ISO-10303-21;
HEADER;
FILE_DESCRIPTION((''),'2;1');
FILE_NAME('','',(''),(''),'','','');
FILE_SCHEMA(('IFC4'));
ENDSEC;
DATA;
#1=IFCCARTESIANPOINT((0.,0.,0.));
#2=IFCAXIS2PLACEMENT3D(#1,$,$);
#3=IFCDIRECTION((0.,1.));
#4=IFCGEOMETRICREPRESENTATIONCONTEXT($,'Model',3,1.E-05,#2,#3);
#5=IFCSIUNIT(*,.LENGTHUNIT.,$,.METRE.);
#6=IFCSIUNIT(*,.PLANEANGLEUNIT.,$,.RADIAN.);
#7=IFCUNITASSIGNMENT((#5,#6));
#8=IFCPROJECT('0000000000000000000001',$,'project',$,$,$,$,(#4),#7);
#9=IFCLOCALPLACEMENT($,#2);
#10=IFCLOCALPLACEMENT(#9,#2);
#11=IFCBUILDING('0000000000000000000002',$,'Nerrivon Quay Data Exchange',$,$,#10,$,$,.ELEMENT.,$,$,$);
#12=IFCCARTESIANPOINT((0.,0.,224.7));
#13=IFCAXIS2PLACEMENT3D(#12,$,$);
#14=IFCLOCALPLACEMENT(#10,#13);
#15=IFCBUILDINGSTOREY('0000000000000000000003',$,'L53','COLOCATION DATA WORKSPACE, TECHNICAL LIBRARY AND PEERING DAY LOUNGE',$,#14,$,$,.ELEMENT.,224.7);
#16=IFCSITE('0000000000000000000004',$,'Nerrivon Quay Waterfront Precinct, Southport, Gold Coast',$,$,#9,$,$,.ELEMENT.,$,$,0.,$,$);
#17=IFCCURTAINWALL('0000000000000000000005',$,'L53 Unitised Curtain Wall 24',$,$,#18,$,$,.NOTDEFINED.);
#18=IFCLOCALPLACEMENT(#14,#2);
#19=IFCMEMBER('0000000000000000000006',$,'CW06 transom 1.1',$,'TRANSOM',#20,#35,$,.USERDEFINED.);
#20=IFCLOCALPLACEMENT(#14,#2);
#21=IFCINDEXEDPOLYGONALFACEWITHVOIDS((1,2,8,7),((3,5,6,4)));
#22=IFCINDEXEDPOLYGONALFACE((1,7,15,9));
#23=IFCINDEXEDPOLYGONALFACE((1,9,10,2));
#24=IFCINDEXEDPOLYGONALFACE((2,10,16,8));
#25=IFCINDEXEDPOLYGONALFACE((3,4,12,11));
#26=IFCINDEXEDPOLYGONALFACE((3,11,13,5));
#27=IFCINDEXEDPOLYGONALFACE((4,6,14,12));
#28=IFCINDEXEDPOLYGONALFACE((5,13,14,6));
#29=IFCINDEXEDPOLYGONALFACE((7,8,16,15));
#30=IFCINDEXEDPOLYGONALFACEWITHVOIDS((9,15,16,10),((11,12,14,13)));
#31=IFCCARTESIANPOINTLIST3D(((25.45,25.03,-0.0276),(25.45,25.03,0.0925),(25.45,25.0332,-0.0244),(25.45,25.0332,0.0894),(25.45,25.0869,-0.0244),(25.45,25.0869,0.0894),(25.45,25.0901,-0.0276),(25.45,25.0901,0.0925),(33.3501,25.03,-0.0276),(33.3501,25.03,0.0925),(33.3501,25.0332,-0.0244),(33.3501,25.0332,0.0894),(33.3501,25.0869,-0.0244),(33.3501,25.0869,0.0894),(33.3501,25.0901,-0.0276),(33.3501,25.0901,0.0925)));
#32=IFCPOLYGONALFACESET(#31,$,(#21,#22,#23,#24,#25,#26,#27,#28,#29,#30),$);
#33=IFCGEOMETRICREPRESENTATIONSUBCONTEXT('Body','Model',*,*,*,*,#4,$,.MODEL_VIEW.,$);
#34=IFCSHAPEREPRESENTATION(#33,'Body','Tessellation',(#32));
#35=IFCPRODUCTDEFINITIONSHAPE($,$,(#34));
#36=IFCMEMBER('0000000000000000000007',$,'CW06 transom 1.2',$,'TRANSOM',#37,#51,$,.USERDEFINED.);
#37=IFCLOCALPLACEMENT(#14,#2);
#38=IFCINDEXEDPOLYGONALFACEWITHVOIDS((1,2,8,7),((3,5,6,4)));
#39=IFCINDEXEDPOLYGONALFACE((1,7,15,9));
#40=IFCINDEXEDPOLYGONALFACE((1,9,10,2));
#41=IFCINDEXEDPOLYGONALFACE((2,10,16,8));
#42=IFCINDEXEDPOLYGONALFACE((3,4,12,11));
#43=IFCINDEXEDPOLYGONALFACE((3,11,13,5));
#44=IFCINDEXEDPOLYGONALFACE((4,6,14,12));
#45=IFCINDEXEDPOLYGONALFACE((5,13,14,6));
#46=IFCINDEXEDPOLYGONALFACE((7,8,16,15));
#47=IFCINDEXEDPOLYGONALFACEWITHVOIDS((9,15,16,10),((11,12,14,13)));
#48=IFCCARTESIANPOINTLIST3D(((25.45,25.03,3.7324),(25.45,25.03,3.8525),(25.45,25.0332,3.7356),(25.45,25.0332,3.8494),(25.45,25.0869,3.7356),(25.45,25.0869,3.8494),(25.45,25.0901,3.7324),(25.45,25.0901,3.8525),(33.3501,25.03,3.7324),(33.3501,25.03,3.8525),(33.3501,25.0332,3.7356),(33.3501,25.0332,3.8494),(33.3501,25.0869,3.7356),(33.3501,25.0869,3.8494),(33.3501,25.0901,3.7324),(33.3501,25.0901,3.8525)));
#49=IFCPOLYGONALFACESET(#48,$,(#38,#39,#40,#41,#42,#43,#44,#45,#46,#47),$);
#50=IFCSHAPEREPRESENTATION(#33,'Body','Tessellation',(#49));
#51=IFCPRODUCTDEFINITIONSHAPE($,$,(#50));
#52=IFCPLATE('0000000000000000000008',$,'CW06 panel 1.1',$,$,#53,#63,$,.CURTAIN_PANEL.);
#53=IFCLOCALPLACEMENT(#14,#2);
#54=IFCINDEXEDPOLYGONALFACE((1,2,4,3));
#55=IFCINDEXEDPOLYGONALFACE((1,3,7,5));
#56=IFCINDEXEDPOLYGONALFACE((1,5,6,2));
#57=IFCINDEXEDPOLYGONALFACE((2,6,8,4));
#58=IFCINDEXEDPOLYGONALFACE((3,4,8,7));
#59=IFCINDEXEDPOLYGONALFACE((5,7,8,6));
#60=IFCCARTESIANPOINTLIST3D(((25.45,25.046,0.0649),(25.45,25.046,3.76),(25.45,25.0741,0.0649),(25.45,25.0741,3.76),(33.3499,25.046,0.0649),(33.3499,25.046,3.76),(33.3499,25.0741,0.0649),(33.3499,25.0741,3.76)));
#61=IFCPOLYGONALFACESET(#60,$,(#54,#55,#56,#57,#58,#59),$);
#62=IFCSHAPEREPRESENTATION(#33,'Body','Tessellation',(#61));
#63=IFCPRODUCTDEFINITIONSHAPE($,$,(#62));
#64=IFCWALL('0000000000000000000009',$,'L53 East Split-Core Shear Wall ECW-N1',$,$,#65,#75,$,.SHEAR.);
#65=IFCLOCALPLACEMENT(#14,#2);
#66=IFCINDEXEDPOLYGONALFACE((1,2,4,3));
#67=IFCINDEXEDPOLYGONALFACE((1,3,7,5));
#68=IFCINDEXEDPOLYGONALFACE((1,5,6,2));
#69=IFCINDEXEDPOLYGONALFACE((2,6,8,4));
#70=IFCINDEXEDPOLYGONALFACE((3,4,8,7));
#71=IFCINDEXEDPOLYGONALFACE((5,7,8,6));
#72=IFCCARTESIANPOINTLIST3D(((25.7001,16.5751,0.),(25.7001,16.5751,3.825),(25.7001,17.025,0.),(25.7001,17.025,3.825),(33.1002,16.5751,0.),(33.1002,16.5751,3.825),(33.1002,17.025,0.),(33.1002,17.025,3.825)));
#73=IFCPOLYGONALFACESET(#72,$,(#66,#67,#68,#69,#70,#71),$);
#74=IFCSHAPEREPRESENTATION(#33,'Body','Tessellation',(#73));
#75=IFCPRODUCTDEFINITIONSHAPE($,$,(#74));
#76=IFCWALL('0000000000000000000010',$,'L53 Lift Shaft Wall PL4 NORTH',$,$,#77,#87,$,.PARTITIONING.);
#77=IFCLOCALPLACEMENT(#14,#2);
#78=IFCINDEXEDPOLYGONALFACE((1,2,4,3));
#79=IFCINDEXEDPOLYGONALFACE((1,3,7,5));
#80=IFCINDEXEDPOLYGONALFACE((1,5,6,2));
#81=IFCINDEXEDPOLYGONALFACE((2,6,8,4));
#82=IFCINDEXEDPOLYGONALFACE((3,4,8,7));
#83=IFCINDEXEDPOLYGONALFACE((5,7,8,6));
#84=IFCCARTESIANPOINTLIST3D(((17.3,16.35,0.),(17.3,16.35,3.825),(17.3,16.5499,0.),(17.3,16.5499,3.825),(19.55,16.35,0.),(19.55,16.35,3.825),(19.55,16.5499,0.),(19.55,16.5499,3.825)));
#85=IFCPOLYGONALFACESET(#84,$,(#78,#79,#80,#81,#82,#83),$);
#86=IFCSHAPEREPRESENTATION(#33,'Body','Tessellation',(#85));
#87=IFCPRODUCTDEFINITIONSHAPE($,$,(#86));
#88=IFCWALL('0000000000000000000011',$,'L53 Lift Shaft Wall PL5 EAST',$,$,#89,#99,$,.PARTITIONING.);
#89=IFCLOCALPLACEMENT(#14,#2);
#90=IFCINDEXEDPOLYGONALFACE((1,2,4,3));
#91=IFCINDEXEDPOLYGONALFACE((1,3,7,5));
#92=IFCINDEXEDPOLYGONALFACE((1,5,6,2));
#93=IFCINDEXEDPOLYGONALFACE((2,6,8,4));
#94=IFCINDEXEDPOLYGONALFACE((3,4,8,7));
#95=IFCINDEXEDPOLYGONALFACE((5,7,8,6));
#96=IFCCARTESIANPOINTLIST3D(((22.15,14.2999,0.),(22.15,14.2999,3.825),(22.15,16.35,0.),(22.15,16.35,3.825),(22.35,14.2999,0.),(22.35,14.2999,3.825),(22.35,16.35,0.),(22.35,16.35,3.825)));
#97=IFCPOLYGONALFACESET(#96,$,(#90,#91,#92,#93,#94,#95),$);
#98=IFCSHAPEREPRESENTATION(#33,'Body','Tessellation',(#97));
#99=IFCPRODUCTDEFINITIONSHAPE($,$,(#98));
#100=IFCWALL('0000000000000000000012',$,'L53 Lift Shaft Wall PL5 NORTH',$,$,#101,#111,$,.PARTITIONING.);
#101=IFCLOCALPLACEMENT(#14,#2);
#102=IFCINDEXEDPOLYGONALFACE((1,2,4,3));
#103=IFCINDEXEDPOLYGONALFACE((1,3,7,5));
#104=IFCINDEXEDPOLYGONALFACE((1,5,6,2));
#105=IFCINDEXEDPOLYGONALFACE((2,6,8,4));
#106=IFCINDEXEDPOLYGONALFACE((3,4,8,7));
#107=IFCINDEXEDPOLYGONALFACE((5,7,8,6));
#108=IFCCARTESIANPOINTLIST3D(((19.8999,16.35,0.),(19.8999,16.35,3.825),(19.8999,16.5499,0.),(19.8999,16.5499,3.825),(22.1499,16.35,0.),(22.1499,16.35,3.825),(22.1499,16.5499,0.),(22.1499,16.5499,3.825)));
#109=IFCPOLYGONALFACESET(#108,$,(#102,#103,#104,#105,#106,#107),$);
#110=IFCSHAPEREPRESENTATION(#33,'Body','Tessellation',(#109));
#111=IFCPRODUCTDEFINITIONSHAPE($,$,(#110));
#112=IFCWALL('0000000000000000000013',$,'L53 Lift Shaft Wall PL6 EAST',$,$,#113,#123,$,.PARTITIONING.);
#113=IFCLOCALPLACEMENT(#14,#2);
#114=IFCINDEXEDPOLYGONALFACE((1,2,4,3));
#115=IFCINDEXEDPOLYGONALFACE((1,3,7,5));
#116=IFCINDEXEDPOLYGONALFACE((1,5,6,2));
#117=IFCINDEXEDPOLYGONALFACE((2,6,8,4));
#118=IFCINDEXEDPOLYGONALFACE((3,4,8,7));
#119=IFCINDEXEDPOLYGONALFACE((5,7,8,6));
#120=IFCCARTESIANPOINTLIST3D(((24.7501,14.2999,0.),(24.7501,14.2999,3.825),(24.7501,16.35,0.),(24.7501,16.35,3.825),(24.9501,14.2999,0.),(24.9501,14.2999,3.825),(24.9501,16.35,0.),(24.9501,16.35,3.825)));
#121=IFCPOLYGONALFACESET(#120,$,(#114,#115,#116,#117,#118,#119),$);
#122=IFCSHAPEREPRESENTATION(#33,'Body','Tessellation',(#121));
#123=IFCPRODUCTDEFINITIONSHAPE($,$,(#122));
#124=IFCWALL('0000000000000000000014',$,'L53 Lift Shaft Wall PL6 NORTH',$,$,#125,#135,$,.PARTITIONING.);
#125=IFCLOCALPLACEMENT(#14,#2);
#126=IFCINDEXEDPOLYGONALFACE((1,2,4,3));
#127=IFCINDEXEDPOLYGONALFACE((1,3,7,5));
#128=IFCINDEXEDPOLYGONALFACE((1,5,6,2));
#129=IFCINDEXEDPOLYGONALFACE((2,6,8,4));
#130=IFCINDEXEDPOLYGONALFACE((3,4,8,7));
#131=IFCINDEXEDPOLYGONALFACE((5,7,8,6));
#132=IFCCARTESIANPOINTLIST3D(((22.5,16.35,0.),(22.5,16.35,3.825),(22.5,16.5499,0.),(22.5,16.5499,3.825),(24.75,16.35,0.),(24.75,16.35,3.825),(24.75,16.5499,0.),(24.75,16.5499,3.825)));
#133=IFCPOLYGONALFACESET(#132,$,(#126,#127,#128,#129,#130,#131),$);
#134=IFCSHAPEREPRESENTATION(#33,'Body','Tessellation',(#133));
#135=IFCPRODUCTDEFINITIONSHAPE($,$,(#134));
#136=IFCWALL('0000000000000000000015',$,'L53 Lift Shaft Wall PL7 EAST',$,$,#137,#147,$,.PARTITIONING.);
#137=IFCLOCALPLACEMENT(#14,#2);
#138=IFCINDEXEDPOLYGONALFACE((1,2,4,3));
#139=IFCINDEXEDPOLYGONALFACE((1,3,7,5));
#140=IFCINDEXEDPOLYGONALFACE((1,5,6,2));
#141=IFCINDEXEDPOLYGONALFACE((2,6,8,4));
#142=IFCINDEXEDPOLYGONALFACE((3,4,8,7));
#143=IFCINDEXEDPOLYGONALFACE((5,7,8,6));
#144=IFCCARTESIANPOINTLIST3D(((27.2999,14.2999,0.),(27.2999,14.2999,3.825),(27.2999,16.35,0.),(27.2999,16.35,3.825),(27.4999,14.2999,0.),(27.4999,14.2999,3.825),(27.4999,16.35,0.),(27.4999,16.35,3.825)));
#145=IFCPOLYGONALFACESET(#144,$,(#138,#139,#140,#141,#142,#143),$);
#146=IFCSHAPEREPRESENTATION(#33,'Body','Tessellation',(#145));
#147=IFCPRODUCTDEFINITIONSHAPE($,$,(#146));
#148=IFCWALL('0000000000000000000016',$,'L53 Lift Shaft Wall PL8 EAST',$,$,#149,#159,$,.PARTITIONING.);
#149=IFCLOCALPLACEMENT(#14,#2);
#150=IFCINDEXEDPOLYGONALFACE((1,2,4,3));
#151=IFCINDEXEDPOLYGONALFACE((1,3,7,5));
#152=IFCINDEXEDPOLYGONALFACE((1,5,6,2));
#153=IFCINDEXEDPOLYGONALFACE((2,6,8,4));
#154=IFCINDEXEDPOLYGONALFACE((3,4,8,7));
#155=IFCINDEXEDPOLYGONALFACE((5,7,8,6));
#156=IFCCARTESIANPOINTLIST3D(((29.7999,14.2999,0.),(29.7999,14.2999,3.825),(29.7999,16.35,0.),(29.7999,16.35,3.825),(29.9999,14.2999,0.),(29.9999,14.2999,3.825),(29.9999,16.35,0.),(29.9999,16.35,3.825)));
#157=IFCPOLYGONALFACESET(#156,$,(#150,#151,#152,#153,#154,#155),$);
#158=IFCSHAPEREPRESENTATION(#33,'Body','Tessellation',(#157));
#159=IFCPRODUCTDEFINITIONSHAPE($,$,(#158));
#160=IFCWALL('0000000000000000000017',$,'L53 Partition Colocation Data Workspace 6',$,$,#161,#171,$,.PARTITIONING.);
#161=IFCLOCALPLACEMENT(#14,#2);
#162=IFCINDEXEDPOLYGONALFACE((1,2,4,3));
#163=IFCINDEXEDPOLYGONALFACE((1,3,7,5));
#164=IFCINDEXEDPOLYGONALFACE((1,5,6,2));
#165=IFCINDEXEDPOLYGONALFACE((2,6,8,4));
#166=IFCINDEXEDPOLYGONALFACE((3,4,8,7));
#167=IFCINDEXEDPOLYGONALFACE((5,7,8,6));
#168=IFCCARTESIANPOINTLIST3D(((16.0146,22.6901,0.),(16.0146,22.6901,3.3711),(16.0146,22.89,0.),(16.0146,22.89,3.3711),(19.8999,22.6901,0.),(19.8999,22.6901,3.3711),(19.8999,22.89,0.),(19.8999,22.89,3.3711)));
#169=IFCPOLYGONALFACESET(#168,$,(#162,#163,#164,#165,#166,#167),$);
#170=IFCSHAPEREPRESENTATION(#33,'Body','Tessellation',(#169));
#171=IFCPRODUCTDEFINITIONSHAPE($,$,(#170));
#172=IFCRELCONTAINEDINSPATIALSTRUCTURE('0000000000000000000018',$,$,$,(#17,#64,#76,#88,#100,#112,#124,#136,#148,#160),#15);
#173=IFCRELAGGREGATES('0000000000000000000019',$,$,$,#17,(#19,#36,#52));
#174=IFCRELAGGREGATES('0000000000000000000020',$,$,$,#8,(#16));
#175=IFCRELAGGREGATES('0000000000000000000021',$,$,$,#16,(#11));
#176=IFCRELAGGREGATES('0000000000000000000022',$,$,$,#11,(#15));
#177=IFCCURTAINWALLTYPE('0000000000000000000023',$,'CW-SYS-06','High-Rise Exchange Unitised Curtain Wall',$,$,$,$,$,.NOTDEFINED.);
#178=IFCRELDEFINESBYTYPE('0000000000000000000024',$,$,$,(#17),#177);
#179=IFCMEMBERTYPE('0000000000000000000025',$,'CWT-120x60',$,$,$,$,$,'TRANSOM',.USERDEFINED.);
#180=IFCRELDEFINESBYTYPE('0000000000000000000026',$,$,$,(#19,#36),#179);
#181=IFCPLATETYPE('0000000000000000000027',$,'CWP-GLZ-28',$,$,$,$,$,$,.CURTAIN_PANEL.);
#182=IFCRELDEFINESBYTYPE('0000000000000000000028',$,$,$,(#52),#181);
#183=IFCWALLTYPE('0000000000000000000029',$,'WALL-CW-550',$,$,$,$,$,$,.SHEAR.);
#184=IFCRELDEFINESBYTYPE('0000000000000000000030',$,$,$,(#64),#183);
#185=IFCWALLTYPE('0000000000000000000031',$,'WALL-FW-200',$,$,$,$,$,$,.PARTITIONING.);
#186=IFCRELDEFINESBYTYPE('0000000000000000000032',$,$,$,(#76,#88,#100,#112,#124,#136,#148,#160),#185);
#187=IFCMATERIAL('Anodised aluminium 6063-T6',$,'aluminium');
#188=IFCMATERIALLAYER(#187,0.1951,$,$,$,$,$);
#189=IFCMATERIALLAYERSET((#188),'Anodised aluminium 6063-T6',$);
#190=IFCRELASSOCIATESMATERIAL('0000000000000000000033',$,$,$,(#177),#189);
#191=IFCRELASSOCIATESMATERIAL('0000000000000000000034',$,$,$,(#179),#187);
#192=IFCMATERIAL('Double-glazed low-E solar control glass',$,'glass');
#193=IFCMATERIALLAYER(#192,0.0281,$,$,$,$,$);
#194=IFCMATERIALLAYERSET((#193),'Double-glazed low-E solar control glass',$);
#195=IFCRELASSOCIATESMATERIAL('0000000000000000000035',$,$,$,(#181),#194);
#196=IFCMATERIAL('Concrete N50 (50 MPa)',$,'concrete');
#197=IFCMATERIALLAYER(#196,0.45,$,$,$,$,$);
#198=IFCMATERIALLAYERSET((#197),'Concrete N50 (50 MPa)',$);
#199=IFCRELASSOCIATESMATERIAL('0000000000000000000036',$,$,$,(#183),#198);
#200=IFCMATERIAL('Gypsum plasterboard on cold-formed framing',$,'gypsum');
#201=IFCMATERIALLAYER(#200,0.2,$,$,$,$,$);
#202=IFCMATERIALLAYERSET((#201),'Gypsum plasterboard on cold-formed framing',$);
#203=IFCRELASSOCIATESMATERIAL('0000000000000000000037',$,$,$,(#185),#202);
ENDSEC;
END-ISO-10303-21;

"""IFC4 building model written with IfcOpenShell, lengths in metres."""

from ifc_helpers import new_model, si_unit, direction, frame, frame_2d, origin, origin_2d, place, context, subcontext, project, spatial, rectangle, hollow_rectangle, extrude, material, layer, layer_set, material_profile, profile_set, type_object, element, aggregate, save


model = new_model("IFC4")

# Units and contexts
model_context = context("Model", 3, precision=1e-05, world=origin(), true_north=direction((0.0, 1.0)))
body_context = subcontext(model_context, "Body", "Model", "MODEL_VIEW")
ifc_project = project(units=[si_unit("LENGTHUNIT", "METRE"), si_unit("PLANEANGLEUNIT", "RADIAN")], contexts=[model_context])

# Site, building, storey
site_placement = place(None, origin())
site = spatial("IfcSite", under=ifc_project, at=site_placement, Name="Nerrivon Quay Waterfront Precinct, Southport, Gold Coast", CompositionType="ELEMENT", RefElevation=0.0)
building_placement = place(site_placement, origin())
building = spatial("IfcBuilding", under=site, at=building_placement, Name="Nerrivon Quay Data Exchange", CompositionType="ELEMENT")
storey_placement = place(building_placement, frame((0.0, 0.0, 224.7)))
storey = spatial("IfcBuildingStorey", under=building, at=storey_placement, Name="L53", Description="COLOCATION DATA WORKSPACE, TECHNICAL LIBRARY AND PEERING DAY LOUNGE", CompositionType="ELEMENT", Elevation=224.7)

# Curtain wall, members, plate
ifc_material_1 = material(Name="Anodised aluminium 6063-T6", Category="aluminium")
ifc_layer_1 = layer(ifc_material_1, 0.1951)
ifc_layer_set_1 = layer_set([ifc_layer_1], Name="Anodised aluminium 6063-T6")
curtain_wall_type = type_object("IfcCurtainWallType", Name="CW-SYS-06", Description="High-Rise Exchange Unitised Curtain Wall", PredefinedType="NOTDEFINED", material=ifc_layer_set_1)
curtain_wall_placement = place(storey_placement, origin())
curtain_wall = element("IfcCurtainWall", 1, at=curtain_wall_placement, inside=storey, type_object=curtain_wall_type, Name="L53 Unitised Curtain Wall 24", PredefinedType="NOTDEFINED")
ifc_material_profile_1 = material_profile(ifc_material_1, hollow_rectangle(XDim=0.0601, YDim=0.1201, WallThickness=0.0032, at=origin_2d()), Name="ALU-TRAN-120x60")
ifc_profile_set_1 = profile_set([ifc_material_profile_1], Name="Anodised aluminium 6063-T6")
member_type_1 = type_object("IfcMemberType", Name="CWT-120x60", ElementType="TRANSOM", PredefinedType="USERDEFINED", material=ifc_profile_set_1)
member_1_placement = place(storey_placement, frame((25.45, 25.0601, 0.0325), z_axis=(1.0, 0.0, 0.0), x_axis=(0.0, 1.0, 0.0)))
member_1 = element("IfcMember", 2, at=member_1_placement, type_object=member_type_1, Name="CW06 transom 1.1", ObjectType="TRANSOM", PredefinedType="USERDEFINED", context=body_context, shape_type="SweptSolid", body=[
    extrude(hollow_rectangle(XDim=0.0601, YDim=0.1201, WallThickness=0.0032, at=origin_2d()), origin(), (0.0, 0.0, 1.0), 7.9001),
])
member_2_placement = place(storey_placement, frame((25.45, 25.0601, 3.7925), z_axis=(1.0, 0.0, 0.0), x_axis=(0.0, 1.0, 0.0)))
member_2 = element("IfcMember", 3, at=member_2_placement, type_object=member_type_1, Name="CW06 transom 1.2", ObjectType="TRANSOM", PredefinedType="USERDEFINED", context=body_context, shape_type="SweptSolid", body=[
    extrude(hollow_rectangle(XDim=0.0601, YDim=0.1201, WallThickness=0.0032, at=origin_2d()), origin(), (0.0, 0.0, 1.0), 7.9001),
])
ifc_material_2 = material(Name="Double-glazed low-E solar control glass", Category="glass")
ifc_layer_2 = layer(ifc_material_2, 0.0281)
ifc_layer_set_2 = layer_set([ifc_layer_2], Name="Double-glazed low-E solar control glass")
plate_type = type_object("IfcPlateType", Name="CWP-GLZ-28", PredefinedType="CURTAIN_PANEL", material=ifc_layer_set_2)
plate_placement = place(storey_placement, frame((29.3999, 25.0601, 0.0649), z_axis=(0.0, 0.0, 1.0), x_axis=(1.0, 0.0, 0.0)))
plate = element("IfcPlate", 4, at=plate_placement, type_object=plate_type, Name="CW06 panel 1.1", PredefinedType="CURTAIN_PANEL", context=body_context, shape_type="SweptSolid", body=[
    extrude(rectangle(XDim=7.8999, YDim=0.0281, at=origin_2d()), origin(), (0.0, 0.0, 1.0), 3.6951),
])
aggregate(curtain_wall, [member_1, member_2, plate])

# Walls
ifc_material_3 = material(Name="Concrete N50 (50 MPa)", Category="concrete")
ifc_layer_3 = layer(ifc_material_3, 0.45)
ifc_layer_set_3 = layer_set([ifc_layer_3], Name="Concrete N50 (50 MPa)")
wall_type_1 = type_object("IfcWallType", Name="WALL-CW-550", PredefinedType="SHEAR", material=ifc_layer_set_3)
wall_1_placement = place(storey_placement, frame((25.7, 16.8, 0.0), z_axis=(0.0, 0.0, 1.0), x_axis=(1.0, 0.0, 0.0)))
element("IfcWall", 5, at=wall_1_placement, inside=storey, type_object=wall_type_1, Name="L53 East Split-Core Shear Wall ECW-N1", PredefinedType="SHEAR", context=body_context, shape_type="SweptSolid", body=[
    extrude(rectangle(XDim=7.4001, YDim=0.45, at=frame_2d((3.7002, 0.0))), origin(), (0.0, 0.0, 1.0), 3.825),
])
ifc_material_4 = material(Name="Gypsum plasterboard on cold-formed framing", Category="gypsum")
ifc_layer_4 = layer(ifc_material_4, 0.2)
ifc_layer_set_4 = layer_set([ifc_layer_4], Name="Gypsum plasterboard on cold-formed framing")
wall_type_2 = type_object("IfcWallType", Name="WALL-FW-200", PredefinedType="PARTITIONING", material=ifc_layer_set_4)
wall_2_placement = place(storey_placement, frame((17.3, 16.45, 0.0), z_axis=(0.0, 0.0, 1.0), x_axis=(1.0, 0.0, 0.0)))
element("IfcWall", 6, at=wall_2_placement, inside=storey, type_object=wall_type_2, Name="L53 Lift Shaft Wall PL4 NORTH", PredefinedType="PARTITIONING", context=body_context, shape_type="SweptSolid", body=[
    extrude(rectangle(XDim=2.25, YDim=0.2, at=frame_2d((1.125, 0.0))), origin(), (0.0, 0.0, 1.0), 3.825),
])
wall_3_placement = place(storey_placement, frame((22.25, 14.3, 0.0), z_axis=(0.0, 0.0, 1.0), x_axis=(0.0, 1.0, 0.0)))
element("IfcWall", 7, at=wall_3_placement, inside=storey, type_object=wall_type_2, Name="L53 Lift Shaft Wall PL5 EAST", PredefinedType="PARTITIONING", context=body_context, shape_type="SweptSolid", body=[
    extrude(rectangle(XDim=2.05, YDim=0.2, at=frame_2d((1.0249, 0.0))), origin(), (0.0, 0.0, 1.0), 3.825),
])
wall_4_placement = place(storey_placement, frame((19.8999, 16.45, 0.0), z_axis=(0.0, 0.0, 1.0), x_axis=(1.0, 0.0, 0.0)))
element("IfcWall", 8, at=wall_4_placement, inside=storey, type_object=wall_type_2, Name="L53 Lift Shaft Wall PL5 NORTH", PredefinedType="PARTITIONING", context=body_context, shape_type="SweptSolid", body=[
    extrude(rectangle(XDim=2.25, YDim=0.2, at=frame_2d((1.125, 0.0))), origin(), (0.0, 0.0, 1.0), 3.825),
])
wall_5_placement = place(storey_placement, frame((24.8501, 14.3, 0.0), z_axis=(0.0, 0.0, 1.0), x_axis=(0.0, 1.0, 0.0)))
element("IfcWall", 9, at=wall_5_placement, inside=storey, type_object=wall_type_2, Name="L53 Lift Shaft Wall PL6 EAST", PredefinedType="PARTITIONING", context=body_context, shape_type="SweptSolid", body=[
    extrude(rectangle(XDim=2.05, YDim=0.2, at=frame_2d((1.0249, 0.0))), origin(), (0.0, 0.0, 1.0), 3.825),
])
wall_6_placement = place(storey_placement, frame((22.5, 16.45, 0.0), z_axis=(0.0, 0.0, 1.0), x_axis=(1.0, 0.0, 0.0)))
element("IfcWall", 10, at=wall_6_placement, inside=storey, type_object=wall_type_2, Name="L53 Lift Shaft Wall PL6 NORTH", PredefinedType="PARTITIONING", context=body_context, shape_type="SweptSolid", body=[
    extrude(rectangle(XDim=2.25, YDim=0.2, at=frame_2d((1.125, 0.0))), origin(), (0.0, 0.0, 1.0), 3.825),
])
for number, where, z_axis, x_axis, name in (
    (11, (27.3999, 14.3, 0.0), (0.0, 0.0, 1.0), (0.0, 1.0, 0.0), "L53 Lift Shaft Wall PL7 EAST"),
    (12, (29.8999, 14.3, 0.0), (0.0, 0.0, 1.0), (0.0, 1.0, 0.0), "L53 Lift Shaft Wall PL8 EAST"),
):
    element("IfcWall", number, at=place(storey_placement, frame(where, z_axis=z_axis, x_axis=x_axis)), inside=storey, type_object=wall_type_2, Name=name, PredefinedType="PARTITIONING", context=body_context, shape_type="SweptSolid", body=[
        extrude(rectangle(XDim=2.05, YDim=0.2, at=frame_2d((1.0249, 0.0))), origin(), (0.0, 0.0, 1.0), 3.825),
    ])
wall_7_placement = place(storey_placement, frame((19.8999, 22.79, 0.0), z_axis=(0.0, 0.0, 1.0), x_axis=(-1.0, 0.0, 0.0)))
element("IfcWall", 13, at=wall_7_placement, inside=storey, type_object=wall_type_2, Name="L53 Partition Colocation Data Workspace 6", PredefinedType="PARTITIONING", context=body_context, shape_type="SweptSolid", body=[
    extrude(rectangle(XDim=3.8853, YDim=0.2, at=frame_2d((1.9426, 0.0))), origin(), (0.0, 0.0, 1.0), 3.3711),
])

save(model, "model.ifc")
